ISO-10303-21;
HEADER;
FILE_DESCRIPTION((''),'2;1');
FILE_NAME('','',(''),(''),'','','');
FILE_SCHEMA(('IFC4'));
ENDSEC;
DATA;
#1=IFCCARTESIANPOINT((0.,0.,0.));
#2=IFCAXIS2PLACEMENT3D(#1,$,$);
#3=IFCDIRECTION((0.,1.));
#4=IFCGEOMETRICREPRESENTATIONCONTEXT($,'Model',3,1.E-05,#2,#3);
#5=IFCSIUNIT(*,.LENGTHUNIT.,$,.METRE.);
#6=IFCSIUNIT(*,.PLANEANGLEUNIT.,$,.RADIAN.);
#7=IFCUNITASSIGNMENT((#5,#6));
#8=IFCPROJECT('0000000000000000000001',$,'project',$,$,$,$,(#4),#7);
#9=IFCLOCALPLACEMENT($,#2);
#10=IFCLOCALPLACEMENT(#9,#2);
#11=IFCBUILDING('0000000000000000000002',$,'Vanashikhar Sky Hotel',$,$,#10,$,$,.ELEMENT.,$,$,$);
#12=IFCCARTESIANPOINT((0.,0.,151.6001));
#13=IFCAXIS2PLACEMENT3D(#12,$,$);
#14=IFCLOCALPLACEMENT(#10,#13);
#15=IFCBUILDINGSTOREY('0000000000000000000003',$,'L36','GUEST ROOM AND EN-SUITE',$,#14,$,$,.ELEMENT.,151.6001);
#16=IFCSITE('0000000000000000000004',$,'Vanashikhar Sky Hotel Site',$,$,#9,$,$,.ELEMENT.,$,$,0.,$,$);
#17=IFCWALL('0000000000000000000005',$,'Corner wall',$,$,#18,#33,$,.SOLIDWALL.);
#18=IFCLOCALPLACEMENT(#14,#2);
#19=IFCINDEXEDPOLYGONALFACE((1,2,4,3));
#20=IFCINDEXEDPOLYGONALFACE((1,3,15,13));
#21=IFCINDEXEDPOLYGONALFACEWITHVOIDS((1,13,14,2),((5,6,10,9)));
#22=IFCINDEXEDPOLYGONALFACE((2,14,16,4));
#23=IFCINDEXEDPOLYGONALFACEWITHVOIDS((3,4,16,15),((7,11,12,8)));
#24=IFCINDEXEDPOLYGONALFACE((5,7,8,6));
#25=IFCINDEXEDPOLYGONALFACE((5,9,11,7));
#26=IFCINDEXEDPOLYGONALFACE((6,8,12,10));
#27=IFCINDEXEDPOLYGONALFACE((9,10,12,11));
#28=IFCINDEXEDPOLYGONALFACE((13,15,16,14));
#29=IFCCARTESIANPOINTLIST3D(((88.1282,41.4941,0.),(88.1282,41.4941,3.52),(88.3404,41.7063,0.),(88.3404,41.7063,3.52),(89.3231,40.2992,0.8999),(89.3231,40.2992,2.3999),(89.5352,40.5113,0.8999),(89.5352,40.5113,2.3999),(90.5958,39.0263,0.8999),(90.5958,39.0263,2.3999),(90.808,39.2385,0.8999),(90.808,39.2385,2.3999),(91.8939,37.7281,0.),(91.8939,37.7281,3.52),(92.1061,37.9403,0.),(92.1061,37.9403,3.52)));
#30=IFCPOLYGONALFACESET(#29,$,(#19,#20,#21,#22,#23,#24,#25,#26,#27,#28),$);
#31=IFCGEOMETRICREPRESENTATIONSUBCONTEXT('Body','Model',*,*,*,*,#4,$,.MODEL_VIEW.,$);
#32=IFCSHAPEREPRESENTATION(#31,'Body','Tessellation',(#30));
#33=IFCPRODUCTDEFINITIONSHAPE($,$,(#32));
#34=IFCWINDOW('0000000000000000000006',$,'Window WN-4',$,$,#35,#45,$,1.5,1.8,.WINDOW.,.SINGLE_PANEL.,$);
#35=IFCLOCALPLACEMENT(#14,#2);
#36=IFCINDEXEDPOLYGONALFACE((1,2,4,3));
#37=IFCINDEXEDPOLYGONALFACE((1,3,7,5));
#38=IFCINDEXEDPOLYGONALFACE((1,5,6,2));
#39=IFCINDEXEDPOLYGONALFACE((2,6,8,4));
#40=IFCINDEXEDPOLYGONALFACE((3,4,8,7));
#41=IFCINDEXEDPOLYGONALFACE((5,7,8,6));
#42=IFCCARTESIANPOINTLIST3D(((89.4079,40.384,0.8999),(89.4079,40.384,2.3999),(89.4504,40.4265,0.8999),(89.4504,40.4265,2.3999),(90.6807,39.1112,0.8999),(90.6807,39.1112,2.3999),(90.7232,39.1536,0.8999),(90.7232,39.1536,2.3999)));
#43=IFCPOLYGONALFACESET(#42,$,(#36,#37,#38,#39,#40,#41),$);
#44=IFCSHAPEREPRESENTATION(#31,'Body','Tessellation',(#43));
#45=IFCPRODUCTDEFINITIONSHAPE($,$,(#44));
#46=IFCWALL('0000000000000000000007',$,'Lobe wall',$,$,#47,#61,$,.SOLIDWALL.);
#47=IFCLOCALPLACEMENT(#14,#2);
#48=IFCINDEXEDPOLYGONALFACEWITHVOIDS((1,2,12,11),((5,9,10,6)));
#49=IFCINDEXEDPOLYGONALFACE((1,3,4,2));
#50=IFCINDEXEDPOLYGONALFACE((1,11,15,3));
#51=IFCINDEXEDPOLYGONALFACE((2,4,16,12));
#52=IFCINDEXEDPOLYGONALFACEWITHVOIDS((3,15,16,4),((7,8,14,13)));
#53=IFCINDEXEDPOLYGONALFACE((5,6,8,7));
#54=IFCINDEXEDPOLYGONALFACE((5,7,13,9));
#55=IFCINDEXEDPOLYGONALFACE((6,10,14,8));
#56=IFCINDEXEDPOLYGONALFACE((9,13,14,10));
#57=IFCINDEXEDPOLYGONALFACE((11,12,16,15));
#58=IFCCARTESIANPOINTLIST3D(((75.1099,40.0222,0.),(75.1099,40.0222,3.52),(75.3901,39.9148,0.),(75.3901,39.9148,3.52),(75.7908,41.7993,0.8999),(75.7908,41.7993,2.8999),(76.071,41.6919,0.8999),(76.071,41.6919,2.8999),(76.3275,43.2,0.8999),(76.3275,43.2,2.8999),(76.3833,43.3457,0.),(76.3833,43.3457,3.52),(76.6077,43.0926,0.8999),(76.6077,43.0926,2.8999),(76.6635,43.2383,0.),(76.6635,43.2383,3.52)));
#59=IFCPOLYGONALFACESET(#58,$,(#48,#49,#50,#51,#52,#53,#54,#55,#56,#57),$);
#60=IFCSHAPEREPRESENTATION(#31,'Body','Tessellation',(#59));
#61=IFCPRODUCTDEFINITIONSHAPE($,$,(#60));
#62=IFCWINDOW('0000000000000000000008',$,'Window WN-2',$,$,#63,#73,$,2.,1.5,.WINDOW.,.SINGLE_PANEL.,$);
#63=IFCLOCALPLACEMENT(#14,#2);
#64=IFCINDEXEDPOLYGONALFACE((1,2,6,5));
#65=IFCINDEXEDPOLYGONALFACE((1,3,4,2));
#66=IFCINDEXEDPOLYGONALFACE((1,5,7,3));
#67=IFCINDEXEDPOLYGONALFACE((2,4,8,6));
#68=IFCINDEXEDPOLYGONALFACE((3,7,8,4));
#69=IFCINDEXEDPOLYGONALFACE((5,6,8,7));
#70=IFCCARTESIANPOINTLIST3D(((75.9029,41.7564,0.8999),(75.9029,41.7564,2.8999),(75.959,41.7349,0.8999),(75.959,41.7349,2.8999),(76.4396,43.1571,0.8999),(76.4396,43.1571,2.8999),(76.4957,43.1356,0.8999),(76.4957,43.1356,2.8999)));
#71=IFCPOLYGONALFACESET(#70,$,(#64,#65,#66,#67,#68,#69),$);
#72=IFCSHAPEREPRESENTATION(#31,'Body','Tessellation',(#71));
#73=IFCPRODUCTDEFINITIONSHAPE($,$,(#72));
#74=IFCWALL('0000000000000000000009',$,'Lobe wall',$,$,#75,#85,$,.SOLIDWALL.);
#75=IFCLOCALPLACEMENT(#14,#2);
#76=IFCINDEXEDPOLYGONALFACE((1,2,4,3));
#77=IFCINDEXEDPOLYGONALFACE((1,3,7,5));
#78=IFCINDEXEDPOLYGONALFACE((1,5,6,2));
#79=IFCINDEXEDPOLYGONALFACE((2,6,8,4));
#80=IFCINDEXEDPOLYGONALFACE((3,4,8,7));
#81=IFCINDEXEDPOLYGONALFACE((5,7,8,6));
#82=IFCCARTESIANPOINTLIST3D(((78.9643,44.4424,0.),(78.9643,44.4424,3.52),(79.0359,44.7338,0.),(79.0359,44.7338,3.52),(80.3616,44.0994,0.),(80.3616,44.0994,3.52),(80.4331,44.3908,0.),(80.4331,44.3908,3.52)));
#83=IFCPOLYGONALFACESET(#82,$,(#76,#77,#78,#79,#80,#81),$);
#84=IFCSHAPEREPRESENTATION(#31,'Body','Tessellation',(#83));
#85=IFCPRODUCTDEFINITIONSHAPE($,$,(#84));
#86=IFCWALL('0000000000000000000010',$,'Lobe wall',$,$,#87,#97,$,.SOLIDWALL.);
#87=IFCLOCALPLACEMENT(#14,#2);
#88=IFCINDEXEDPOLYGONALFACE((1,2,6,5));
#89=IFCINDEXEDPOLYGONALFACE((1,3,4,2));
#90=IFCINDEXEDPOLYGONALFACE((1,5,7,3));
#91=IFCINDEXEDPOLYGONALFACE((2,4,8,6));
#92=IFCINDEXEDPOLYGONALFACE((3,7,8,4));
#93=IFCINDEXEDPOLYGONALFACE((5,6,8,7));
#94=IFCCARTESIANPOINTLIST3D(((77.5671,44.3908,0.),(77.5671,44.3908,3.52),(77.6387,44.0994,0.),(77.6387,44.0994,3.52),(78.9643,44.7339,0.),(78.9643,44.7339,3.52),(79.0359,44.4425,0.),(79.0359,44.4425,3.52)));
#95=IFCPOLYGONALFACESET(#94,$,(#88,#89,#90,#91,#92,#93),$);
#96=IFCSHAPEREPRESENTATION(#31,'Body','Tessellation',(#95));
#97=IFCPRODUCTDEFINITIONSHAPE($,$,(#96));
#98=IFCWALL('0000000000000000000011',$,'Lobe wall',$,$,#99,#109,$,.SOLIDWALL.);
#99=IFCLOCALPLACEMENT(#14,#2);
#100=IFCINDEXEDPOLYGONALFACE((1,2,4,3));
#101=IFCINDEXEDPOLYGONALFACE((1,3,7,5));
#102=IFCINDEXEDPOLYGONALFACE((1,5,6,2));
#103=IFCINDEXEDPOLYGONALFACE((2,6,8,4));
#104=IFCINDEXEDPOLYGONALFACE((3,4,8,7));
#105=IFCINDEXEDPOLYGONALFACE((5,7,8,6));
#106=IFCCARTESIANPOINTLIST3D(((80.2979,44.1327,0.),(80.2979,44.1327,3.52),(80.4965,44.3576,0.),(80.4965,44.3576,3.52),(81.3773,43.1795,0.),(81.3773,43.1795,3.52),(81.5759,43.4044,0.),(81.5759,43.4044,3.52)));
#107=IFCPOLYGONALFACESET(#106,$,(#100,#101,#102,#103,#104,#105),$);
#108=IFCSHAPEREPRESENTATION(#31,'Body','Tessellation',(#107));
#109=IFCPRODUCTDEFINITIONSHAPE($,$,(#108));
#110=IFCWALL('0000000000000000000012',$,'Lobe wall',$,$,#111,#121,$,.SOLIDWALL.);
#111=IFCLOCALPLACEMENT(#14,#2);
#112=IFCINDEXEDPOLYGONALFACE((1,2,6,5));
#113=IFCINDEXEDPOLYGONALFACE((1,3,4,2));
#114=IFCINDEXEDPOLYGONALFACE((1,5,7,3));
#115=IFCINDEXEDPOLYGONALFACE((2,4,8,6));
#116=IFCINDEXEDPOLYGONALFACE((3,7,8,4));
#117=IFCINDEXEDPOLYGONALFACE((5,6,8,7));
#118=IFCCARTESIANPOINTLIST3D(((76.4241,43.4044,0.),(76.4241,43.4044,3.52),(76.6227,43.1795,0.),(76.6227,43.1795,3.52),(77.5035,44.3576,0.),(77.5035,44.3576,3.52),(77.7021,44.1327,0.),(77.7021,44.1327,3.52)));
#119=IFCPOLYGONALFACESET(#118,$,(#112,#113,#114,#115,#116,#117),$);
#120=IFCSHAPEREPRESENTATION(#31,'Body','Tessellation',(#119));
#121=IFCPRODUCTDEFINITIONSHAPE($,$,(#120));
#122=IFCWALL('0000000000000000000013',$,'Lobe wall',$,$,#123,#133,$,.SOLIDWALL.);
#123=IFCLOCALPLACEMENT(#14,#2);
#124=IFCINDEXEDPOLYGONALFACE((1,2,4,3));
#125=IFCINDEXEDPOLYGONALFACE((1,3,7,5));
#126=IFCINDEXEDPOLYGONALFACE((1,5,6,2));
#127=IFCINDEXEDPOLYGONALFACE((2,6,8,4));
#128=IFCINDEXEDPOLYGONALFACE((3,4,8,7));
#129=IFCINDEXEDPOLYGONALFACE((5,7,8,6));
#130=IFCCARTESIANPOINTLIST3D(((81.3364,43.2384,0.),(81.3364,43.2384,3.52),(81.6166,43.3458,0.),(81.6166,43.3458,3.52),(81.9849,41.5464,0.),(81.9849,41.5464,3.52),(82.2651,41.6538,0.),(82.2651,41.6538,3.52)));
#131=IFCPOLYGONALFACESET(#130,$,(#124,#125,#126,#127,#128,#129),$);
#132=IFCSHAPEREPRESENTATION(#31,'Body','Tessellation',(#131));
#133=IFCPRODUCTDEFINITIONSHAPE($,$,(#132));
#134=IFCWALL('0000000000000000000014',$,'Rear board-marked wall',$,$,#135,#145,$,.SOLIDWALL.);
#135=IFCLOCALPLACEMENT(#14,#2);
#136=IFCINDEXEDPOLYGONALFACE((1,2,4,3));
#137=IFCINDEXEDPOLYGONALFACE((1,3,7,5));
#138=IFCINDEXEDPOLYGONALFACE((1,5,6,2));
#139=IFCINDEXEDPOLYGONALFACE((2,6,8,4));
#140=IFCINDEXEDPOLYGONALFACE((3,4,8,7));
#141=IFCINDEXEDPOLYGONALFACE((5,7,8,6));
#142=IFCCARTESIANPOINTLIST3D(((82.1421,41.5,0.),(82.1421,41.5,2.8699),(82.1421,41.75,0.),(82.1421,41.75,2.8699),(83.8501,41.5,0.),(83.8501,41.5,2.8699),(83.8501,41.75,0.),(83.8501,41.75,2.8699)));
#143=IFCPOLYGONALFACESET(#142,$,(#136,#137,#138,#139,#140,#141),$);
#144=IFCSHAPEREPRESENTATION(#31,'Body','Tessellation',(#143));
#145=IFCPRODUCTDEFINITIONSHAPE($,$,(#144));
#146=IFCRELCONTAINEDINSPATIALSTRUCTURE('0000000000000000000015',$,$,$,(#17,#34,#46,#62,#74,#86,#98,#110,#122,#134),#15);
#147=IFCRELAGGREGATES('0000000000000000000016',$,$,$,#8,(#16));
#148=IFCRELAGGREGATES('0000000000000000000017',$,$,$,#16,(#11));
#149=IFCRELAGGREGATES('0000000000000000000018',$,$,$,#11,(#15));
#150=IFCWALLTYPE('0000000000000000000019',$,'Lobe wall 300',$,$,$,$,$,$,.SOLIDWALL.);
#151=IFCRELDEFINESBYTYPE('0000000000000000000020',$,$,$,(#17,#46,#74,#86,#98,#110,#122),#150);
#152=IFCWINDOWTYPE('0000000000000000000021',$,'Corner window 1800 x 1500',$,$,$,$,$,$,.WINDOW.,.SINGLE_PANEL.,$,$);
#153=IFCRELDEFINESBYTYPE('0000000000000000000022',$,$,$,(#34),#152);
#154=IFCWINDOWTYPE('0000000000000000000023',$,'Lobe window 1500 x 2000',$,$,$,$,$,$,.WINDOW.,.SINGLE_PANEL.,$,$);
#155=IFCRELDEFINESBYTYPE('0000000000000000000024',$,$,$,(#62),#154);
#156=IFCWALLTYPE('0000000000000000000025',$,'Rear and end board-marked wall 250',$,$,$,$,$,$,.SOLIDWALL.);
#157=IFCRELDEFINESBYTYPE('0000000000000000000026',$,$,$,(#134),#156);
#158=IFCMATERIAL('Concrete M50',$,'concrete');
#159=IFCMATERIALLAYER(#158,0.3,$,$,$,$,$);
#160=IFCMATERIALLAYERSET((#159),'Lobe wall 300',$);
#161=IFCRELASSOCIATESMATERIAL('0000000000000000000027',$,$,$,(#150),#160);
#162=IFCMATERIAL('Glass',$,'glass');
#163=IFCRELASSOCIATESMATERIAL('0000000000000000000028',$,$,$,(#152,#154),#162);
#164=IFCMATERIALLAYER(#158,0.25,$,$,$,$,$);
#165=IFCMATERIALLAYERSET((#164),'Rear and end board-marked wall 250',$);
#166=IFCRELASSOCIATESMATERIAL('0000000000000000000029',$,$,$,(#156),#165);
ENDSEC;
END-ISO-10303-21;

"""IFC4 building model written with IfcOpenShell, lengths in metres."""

from ifc_helpers import new_model, si_unit, direction, frame, frame_2d, origin, place, context, subcontext, project, spatial, rectangle, extrude, source, transform, mapped, material, layer, layer_set, type_object, element, fill, save


model = new_model("IFC4")

# Units and contexts
model_context = context("Model", 3, precision=1e-05, world=origin(), true_north=direction((0.0, 1.0)))
body_context = subcontext(model_context, "Body", "Model", "MODEL_VIEW")
ifc_project = project(units=[si_unit("LENGTHUNIT", "METRE"), si_unit("PLANEANGLEUNIT", "RADIAN")], contexts=[model_context])

# Site, building, storey
site_placement = place(None, origin())
site = spatial("IfcSite", under=ifc_project, at=site_placement, Name="Vanashikhar Sky Hotel Site", CompositionType="ELEMENT", RefElevation=0.0)
building_placement = place(site_placement, origin())
building = spatial("IfcBuilding", under=site, at=building_placement, Name="Vanashikhar Sky Hotel", CompositionType="ELEMENT")
storey_placement = place(building_placement, frame((0.0, 0.0, 151.6001)))
storey = spatial("IfcBuildingStorey", under=building, at=storey_placement, Name="L36", Description="GUEST ROOM AND EN-SUITE", CompositionType="ELEMENT", Elevation=151.6001)

# Walls, openings, windows
ifc_material_1 = material(Name="Concrete M50", Category="concrete")
ifc_layer_1 = layer(ifc_material_1, 0.3)
ifc_layer_set_1 = layer_set([ifc_layer_1], Name="Lobe wall 300")
wall_type_1 = type_object("IfcWallType", Name="Lobe wall 300", PredefinedType="SOLIDWALL", material=ifc_layer_set_1)
shared_shape_1 = source(origin(), body_context, "Body", "SweptSolid", [
    extrude(rectangle(XDim=5.3257, YDim=0.3, at=frame_2d((2.6628, 0.0))), origin(), (0.0, 0.0, 1.0), 3.52),
])
wall_1_placement = place(storey_placement, frame((92.0, 37.8342, 0.0), z_axis=(0.0, 0.0, 1.0), x_axis=(-0.707084, 0.70713, 0.0)))
wall_1 = element("IfcWall", 1, at=wall_1_placement, inside=storey, type_object=wall_type_1, Name="Corner wall", PredefinedType="SOLIDWALL", context=body_context, shape_type="MappedRepresentation", body=[
    mapped(shared_shape_1, transform((0.0, 0.0, 0.0), scale=1.0)),
])
shared_shape_2 = source(origin(), body_context, "Body", "SweptSolid", [
    extrude(rectangle(XDim=1.8, YDim=1.5, at=frame_2d((0.8999, 0.75))), frame((0.0, 0.1602, 0.0), z_axis=(0.0, -1.0, 0.0), x_axis=(1.0, 0.0, 0.0)), (0.0, 0.0, 1.0), 0.3201),
])
opening_1_placement = place(wall_1_placement, frame((1.8359, 0.0, 0.8999)))
opening_1 = element("IfcOpeningElement", 2, at=opening_1_placement, cuts=wall_1, PredefinedType="OPENING", context=body_context, shape_type="MappedRepresentation", body=[
    mapped(shared_shape_2, transform((0.0, 0.0, 0.0), scale=1.0)),
])
ifc_material_2 = material(Name="Glass", Category="glass")
window_type_1 = type_object("IfcWindowType", Name="Corner window 1800 x 1500", PartitioningType="SINGLE_PANEL", PredefinedType="WINDOW", material=ifc_material_2)
shared_shape_3 = source(origin(), body_context, "Body", "SweptSolid", [
    extrude(rectangle(XDim=1.8, YDim=1.5, at=frame_2d((0.8999, 0.75))), frame((0.0, 0.03, 0.0), z_axis=(0.0, -1.0, 0.0), x_axis=(1.0, 0.0, 0.0)), (0.0, 0.0, 1.0), 0.0601),
])
window_1_placement = place(opening_1_placement, origin())
window_1 = element("IfcWindow", 3, at=window_1_placement, inside=storey, type_object=window_type_1, Name="Window WN-4", OverallHeight=1.5, OverallWidth=1.8, PartitioningType="SINGLE_PANEL", PredefinedType="WINDOW", context=body_context, shape_type="MappedRepresentation", body=[
    mapped(shared_shape_3, transform((0.0, 0.0, 0.0), scale=1.0)),
])
fill(opening_1, window_1)
shared_shape_4 = source(origin(), body_context, "Body", "SweptSolid", [
    extrude(rectangle(XDim=3.5591, YDim=0.3, at=frame_2d((1.7795, 0.0))), origin(), (0.0, 0.0, 1.0), 3.52),
])
wall_2_placement = place(storey_placement, frame((76.5234, 43.292, 0.0), z_axis=(0.0, 0.0, 1.0), x_axis=(-0.357797, -0.933799, 0.0)))
wall_2 = element("IfcWall", 4, at=wall_2_placement, inside=storey, type_object=wall_type_1, Name="Lobe wall", PredefinedType="SOLIDWALL", context=body_context, shape_type="MappedRepresentation", body=[
    mapped(shared_shape_4, transform((0.0, 0.0, 0.0), scale=1.0)),
])
shared_shape_5 = source(origin(), body_context, "Body", "SweptSolid", [
    extrude(rectangle(XDim=1.5, YDim=2.0, at=frame_2d((0.75, 1.0))), frame((0.0, 0.1602, 0.0), z_axis=(0.0, -1.0, 0.0), x_axis=(1.0, 0.0, 0.0)), (0.0, 0.0, 1.0), 0.3201),
])
opening_2_placement = place(wall_2_placement, frame((0.156, 0.0, 0.8999)))
opening_2 = element("IfcOpeningElement", 5, at=opening_2_placement, cuts=wall_2, PredefinedType="OPENING", context=body_context, shape_type="MappedRepresentation", body=[
    mapped(shared_shape_5, transform((0.0, 0.0, 0.0), scale=1.0)),
])
window_type_2 = type_object("IfcWindowType", Name="Lobe window 1500 x 2000", PartitioningType="SINGLE_PANEL", PredefinedType="WINDOW", material=ifc_material_2)
shared_shape_6 = source(origin(), body_context, "Body", "SweptSolid", [
    extrude(rectangle(XDim=1.5, YDim=2.0, at=frame_2d((0.75, 1.0))), frame((0.0, 0.03, 0.0), z_axis=(0.0, -1.0, 0.0), x_axis=(1.0, 0.0, 0.0)), (0.0, 0.0, 1.0), 0.0601),
])
window_2_placement = place(opening_2_placement, origin())
window_2 = element("IfcWindow", 6, at=window_2_placement, inside=storey, type_object=window_type_2, Name="Window WN-2", OverallHeight=2.0, OverallWidth=1.5, PartitioningType="SINGLE_PANEL", PredefinedType="WINDOW", context=body_context, shape_type="MappedRepresentation", body=[
    mapped(shared_shape_6, transform((0.0, 0.0, 0.0), scale=1.0)),
])
fill(opening_2, window_2)

# Walls
shared_shape_7 = source(origin(), body_context, "Body", "SweptSolid", [
    extrude(rectangle(XDim=1.4387, YDim=0.3, at=frame_2d((0.7192, 0.0))), origin(), (0.0, 0.0, 1.0), 3.52),
])
for number, where, z_axis, x_axis, name in (
    (7, (80.3972, 44.2451, 0.0), (0.0, 0.0, 1.0), (-0.971162, 0.238421, 0.0), "Lobe wall"),
    (8, (79.0, 44.5881, 0.0), (0.0, 0.0, 1.0), (-0.971162, -0.238421, 0.0), "Lobe wall"),
):
    element("IfcWall", number, at=place(storey_placement, frame(where, z_axis=z_axis, x_axis=x_axis)), inside=storey, type_object=wall_type_1, Name=name, PredefinedType="SOLIDWALL", context=body_context, shape_type="MappedRepresentation", body=[
        mapped(shared_shape_7, transform((0.0, 0.0, 0.0), scale=1.0)),
    ])
shared_shape_8 = source(origin(), body_context, "Body", "SweptSolid", [
    extrude(rectangle(XDim=1.4399, YDim=0.3, at=frame_2d((0.72, 0.0))), origin(), (0.0, 0.0, 1.0), 3.52),
])
for number, where, z_axis, x_axis, name in (
    (9, (81.4766, 43.292, 0.0), (0.0, 0.0, 1.0), (-0.749576, 0.661919, 0.0), "Lobe wall"),
    (10, (77.6028, 44.2451, 0.0), (0.0, 0.0, 1.0), (-0.749576, -0.661919, 0.0), "Lobe wall"),
):
    element("IfcWall", number, at=place(storey_placement, frame(where, z_axis=z_axis, x_axis=x_axis)), inside=storey, type_object=wall_type_1, Name=name, PredefinedType="SOLIDWALL", context=body_context, shape_type="MappedRepresentation", body=[
        mapped(shared_shape_8, transform((0.0, 0.0, 0.0), scale=1.0)),
    ])
shared_shape_9 = source(origin(), body_context, "Body", "SweptSolid", [
    extrude(rectangle(XDim=1.812, YDim=0.3, at=frame_2d((0.906, 0.0))), origin(), (0.0, 0.0, 1.0), 3.52),
])
wall_3_placement = place(storey_placement, frame((82.125, 41.6001, 0.0), z_axis=(0.0, 0.0, 1.0), x_axis=(-0.357877, 0.933769, 0.0)))
element("IfcWall", 11, at=wall_3_placement, inside=storey, type_object=wall_type_1, Name="Lobe wall", PredefinedType="SOLIDWALL", context=body_context, shape_type="MappedRepresentation", body=[
    mapped(shared_shape_9, transform((0.0, 0.0, 0.0), scale=1.0)),
])
ifc_layer_2 = layer(ifc_material_1, 0.25)
ifc_layer_set_2 = layer_set([ifc_layer_2], Name="Rear and end board-marked wall 250")
wall_type_2 = type_object("IfcWallType", Name="Rear and end board-marked wall 250", PredefinedType="SOLIDWALL", material=ifc_layer_set_2)
shared_shape_10 = source(origin(), body_context, "Body", "SweptSolid", [
    extrude(rectangle(XDim=1.708, YDim=0.25, at=frame_2d((0.854, 0.0))), origin(), (0.0, 0.0, 1.0), 2.8699),
])
wall_4_placement = place(storey_placement, frame((83.8501, 41.625, 0.0), z_axis=(0.0, 0.0, 1.0), x_axis=(-1.0, 0.0, 0.0)))
element("IfcWall", 12, at=wall_4_placement, inside=storey, type_object=wall_type_2, Name="Rear board-marked wall", PredefinedType="SOLIDWALL", context=body_context, shape_type="MappedRepresentation", body=[
    mapped(shared_shape_10, transform((0.0, 0.0, 0.0), scale=1.0)),
])

save(model, "model.ifc")
